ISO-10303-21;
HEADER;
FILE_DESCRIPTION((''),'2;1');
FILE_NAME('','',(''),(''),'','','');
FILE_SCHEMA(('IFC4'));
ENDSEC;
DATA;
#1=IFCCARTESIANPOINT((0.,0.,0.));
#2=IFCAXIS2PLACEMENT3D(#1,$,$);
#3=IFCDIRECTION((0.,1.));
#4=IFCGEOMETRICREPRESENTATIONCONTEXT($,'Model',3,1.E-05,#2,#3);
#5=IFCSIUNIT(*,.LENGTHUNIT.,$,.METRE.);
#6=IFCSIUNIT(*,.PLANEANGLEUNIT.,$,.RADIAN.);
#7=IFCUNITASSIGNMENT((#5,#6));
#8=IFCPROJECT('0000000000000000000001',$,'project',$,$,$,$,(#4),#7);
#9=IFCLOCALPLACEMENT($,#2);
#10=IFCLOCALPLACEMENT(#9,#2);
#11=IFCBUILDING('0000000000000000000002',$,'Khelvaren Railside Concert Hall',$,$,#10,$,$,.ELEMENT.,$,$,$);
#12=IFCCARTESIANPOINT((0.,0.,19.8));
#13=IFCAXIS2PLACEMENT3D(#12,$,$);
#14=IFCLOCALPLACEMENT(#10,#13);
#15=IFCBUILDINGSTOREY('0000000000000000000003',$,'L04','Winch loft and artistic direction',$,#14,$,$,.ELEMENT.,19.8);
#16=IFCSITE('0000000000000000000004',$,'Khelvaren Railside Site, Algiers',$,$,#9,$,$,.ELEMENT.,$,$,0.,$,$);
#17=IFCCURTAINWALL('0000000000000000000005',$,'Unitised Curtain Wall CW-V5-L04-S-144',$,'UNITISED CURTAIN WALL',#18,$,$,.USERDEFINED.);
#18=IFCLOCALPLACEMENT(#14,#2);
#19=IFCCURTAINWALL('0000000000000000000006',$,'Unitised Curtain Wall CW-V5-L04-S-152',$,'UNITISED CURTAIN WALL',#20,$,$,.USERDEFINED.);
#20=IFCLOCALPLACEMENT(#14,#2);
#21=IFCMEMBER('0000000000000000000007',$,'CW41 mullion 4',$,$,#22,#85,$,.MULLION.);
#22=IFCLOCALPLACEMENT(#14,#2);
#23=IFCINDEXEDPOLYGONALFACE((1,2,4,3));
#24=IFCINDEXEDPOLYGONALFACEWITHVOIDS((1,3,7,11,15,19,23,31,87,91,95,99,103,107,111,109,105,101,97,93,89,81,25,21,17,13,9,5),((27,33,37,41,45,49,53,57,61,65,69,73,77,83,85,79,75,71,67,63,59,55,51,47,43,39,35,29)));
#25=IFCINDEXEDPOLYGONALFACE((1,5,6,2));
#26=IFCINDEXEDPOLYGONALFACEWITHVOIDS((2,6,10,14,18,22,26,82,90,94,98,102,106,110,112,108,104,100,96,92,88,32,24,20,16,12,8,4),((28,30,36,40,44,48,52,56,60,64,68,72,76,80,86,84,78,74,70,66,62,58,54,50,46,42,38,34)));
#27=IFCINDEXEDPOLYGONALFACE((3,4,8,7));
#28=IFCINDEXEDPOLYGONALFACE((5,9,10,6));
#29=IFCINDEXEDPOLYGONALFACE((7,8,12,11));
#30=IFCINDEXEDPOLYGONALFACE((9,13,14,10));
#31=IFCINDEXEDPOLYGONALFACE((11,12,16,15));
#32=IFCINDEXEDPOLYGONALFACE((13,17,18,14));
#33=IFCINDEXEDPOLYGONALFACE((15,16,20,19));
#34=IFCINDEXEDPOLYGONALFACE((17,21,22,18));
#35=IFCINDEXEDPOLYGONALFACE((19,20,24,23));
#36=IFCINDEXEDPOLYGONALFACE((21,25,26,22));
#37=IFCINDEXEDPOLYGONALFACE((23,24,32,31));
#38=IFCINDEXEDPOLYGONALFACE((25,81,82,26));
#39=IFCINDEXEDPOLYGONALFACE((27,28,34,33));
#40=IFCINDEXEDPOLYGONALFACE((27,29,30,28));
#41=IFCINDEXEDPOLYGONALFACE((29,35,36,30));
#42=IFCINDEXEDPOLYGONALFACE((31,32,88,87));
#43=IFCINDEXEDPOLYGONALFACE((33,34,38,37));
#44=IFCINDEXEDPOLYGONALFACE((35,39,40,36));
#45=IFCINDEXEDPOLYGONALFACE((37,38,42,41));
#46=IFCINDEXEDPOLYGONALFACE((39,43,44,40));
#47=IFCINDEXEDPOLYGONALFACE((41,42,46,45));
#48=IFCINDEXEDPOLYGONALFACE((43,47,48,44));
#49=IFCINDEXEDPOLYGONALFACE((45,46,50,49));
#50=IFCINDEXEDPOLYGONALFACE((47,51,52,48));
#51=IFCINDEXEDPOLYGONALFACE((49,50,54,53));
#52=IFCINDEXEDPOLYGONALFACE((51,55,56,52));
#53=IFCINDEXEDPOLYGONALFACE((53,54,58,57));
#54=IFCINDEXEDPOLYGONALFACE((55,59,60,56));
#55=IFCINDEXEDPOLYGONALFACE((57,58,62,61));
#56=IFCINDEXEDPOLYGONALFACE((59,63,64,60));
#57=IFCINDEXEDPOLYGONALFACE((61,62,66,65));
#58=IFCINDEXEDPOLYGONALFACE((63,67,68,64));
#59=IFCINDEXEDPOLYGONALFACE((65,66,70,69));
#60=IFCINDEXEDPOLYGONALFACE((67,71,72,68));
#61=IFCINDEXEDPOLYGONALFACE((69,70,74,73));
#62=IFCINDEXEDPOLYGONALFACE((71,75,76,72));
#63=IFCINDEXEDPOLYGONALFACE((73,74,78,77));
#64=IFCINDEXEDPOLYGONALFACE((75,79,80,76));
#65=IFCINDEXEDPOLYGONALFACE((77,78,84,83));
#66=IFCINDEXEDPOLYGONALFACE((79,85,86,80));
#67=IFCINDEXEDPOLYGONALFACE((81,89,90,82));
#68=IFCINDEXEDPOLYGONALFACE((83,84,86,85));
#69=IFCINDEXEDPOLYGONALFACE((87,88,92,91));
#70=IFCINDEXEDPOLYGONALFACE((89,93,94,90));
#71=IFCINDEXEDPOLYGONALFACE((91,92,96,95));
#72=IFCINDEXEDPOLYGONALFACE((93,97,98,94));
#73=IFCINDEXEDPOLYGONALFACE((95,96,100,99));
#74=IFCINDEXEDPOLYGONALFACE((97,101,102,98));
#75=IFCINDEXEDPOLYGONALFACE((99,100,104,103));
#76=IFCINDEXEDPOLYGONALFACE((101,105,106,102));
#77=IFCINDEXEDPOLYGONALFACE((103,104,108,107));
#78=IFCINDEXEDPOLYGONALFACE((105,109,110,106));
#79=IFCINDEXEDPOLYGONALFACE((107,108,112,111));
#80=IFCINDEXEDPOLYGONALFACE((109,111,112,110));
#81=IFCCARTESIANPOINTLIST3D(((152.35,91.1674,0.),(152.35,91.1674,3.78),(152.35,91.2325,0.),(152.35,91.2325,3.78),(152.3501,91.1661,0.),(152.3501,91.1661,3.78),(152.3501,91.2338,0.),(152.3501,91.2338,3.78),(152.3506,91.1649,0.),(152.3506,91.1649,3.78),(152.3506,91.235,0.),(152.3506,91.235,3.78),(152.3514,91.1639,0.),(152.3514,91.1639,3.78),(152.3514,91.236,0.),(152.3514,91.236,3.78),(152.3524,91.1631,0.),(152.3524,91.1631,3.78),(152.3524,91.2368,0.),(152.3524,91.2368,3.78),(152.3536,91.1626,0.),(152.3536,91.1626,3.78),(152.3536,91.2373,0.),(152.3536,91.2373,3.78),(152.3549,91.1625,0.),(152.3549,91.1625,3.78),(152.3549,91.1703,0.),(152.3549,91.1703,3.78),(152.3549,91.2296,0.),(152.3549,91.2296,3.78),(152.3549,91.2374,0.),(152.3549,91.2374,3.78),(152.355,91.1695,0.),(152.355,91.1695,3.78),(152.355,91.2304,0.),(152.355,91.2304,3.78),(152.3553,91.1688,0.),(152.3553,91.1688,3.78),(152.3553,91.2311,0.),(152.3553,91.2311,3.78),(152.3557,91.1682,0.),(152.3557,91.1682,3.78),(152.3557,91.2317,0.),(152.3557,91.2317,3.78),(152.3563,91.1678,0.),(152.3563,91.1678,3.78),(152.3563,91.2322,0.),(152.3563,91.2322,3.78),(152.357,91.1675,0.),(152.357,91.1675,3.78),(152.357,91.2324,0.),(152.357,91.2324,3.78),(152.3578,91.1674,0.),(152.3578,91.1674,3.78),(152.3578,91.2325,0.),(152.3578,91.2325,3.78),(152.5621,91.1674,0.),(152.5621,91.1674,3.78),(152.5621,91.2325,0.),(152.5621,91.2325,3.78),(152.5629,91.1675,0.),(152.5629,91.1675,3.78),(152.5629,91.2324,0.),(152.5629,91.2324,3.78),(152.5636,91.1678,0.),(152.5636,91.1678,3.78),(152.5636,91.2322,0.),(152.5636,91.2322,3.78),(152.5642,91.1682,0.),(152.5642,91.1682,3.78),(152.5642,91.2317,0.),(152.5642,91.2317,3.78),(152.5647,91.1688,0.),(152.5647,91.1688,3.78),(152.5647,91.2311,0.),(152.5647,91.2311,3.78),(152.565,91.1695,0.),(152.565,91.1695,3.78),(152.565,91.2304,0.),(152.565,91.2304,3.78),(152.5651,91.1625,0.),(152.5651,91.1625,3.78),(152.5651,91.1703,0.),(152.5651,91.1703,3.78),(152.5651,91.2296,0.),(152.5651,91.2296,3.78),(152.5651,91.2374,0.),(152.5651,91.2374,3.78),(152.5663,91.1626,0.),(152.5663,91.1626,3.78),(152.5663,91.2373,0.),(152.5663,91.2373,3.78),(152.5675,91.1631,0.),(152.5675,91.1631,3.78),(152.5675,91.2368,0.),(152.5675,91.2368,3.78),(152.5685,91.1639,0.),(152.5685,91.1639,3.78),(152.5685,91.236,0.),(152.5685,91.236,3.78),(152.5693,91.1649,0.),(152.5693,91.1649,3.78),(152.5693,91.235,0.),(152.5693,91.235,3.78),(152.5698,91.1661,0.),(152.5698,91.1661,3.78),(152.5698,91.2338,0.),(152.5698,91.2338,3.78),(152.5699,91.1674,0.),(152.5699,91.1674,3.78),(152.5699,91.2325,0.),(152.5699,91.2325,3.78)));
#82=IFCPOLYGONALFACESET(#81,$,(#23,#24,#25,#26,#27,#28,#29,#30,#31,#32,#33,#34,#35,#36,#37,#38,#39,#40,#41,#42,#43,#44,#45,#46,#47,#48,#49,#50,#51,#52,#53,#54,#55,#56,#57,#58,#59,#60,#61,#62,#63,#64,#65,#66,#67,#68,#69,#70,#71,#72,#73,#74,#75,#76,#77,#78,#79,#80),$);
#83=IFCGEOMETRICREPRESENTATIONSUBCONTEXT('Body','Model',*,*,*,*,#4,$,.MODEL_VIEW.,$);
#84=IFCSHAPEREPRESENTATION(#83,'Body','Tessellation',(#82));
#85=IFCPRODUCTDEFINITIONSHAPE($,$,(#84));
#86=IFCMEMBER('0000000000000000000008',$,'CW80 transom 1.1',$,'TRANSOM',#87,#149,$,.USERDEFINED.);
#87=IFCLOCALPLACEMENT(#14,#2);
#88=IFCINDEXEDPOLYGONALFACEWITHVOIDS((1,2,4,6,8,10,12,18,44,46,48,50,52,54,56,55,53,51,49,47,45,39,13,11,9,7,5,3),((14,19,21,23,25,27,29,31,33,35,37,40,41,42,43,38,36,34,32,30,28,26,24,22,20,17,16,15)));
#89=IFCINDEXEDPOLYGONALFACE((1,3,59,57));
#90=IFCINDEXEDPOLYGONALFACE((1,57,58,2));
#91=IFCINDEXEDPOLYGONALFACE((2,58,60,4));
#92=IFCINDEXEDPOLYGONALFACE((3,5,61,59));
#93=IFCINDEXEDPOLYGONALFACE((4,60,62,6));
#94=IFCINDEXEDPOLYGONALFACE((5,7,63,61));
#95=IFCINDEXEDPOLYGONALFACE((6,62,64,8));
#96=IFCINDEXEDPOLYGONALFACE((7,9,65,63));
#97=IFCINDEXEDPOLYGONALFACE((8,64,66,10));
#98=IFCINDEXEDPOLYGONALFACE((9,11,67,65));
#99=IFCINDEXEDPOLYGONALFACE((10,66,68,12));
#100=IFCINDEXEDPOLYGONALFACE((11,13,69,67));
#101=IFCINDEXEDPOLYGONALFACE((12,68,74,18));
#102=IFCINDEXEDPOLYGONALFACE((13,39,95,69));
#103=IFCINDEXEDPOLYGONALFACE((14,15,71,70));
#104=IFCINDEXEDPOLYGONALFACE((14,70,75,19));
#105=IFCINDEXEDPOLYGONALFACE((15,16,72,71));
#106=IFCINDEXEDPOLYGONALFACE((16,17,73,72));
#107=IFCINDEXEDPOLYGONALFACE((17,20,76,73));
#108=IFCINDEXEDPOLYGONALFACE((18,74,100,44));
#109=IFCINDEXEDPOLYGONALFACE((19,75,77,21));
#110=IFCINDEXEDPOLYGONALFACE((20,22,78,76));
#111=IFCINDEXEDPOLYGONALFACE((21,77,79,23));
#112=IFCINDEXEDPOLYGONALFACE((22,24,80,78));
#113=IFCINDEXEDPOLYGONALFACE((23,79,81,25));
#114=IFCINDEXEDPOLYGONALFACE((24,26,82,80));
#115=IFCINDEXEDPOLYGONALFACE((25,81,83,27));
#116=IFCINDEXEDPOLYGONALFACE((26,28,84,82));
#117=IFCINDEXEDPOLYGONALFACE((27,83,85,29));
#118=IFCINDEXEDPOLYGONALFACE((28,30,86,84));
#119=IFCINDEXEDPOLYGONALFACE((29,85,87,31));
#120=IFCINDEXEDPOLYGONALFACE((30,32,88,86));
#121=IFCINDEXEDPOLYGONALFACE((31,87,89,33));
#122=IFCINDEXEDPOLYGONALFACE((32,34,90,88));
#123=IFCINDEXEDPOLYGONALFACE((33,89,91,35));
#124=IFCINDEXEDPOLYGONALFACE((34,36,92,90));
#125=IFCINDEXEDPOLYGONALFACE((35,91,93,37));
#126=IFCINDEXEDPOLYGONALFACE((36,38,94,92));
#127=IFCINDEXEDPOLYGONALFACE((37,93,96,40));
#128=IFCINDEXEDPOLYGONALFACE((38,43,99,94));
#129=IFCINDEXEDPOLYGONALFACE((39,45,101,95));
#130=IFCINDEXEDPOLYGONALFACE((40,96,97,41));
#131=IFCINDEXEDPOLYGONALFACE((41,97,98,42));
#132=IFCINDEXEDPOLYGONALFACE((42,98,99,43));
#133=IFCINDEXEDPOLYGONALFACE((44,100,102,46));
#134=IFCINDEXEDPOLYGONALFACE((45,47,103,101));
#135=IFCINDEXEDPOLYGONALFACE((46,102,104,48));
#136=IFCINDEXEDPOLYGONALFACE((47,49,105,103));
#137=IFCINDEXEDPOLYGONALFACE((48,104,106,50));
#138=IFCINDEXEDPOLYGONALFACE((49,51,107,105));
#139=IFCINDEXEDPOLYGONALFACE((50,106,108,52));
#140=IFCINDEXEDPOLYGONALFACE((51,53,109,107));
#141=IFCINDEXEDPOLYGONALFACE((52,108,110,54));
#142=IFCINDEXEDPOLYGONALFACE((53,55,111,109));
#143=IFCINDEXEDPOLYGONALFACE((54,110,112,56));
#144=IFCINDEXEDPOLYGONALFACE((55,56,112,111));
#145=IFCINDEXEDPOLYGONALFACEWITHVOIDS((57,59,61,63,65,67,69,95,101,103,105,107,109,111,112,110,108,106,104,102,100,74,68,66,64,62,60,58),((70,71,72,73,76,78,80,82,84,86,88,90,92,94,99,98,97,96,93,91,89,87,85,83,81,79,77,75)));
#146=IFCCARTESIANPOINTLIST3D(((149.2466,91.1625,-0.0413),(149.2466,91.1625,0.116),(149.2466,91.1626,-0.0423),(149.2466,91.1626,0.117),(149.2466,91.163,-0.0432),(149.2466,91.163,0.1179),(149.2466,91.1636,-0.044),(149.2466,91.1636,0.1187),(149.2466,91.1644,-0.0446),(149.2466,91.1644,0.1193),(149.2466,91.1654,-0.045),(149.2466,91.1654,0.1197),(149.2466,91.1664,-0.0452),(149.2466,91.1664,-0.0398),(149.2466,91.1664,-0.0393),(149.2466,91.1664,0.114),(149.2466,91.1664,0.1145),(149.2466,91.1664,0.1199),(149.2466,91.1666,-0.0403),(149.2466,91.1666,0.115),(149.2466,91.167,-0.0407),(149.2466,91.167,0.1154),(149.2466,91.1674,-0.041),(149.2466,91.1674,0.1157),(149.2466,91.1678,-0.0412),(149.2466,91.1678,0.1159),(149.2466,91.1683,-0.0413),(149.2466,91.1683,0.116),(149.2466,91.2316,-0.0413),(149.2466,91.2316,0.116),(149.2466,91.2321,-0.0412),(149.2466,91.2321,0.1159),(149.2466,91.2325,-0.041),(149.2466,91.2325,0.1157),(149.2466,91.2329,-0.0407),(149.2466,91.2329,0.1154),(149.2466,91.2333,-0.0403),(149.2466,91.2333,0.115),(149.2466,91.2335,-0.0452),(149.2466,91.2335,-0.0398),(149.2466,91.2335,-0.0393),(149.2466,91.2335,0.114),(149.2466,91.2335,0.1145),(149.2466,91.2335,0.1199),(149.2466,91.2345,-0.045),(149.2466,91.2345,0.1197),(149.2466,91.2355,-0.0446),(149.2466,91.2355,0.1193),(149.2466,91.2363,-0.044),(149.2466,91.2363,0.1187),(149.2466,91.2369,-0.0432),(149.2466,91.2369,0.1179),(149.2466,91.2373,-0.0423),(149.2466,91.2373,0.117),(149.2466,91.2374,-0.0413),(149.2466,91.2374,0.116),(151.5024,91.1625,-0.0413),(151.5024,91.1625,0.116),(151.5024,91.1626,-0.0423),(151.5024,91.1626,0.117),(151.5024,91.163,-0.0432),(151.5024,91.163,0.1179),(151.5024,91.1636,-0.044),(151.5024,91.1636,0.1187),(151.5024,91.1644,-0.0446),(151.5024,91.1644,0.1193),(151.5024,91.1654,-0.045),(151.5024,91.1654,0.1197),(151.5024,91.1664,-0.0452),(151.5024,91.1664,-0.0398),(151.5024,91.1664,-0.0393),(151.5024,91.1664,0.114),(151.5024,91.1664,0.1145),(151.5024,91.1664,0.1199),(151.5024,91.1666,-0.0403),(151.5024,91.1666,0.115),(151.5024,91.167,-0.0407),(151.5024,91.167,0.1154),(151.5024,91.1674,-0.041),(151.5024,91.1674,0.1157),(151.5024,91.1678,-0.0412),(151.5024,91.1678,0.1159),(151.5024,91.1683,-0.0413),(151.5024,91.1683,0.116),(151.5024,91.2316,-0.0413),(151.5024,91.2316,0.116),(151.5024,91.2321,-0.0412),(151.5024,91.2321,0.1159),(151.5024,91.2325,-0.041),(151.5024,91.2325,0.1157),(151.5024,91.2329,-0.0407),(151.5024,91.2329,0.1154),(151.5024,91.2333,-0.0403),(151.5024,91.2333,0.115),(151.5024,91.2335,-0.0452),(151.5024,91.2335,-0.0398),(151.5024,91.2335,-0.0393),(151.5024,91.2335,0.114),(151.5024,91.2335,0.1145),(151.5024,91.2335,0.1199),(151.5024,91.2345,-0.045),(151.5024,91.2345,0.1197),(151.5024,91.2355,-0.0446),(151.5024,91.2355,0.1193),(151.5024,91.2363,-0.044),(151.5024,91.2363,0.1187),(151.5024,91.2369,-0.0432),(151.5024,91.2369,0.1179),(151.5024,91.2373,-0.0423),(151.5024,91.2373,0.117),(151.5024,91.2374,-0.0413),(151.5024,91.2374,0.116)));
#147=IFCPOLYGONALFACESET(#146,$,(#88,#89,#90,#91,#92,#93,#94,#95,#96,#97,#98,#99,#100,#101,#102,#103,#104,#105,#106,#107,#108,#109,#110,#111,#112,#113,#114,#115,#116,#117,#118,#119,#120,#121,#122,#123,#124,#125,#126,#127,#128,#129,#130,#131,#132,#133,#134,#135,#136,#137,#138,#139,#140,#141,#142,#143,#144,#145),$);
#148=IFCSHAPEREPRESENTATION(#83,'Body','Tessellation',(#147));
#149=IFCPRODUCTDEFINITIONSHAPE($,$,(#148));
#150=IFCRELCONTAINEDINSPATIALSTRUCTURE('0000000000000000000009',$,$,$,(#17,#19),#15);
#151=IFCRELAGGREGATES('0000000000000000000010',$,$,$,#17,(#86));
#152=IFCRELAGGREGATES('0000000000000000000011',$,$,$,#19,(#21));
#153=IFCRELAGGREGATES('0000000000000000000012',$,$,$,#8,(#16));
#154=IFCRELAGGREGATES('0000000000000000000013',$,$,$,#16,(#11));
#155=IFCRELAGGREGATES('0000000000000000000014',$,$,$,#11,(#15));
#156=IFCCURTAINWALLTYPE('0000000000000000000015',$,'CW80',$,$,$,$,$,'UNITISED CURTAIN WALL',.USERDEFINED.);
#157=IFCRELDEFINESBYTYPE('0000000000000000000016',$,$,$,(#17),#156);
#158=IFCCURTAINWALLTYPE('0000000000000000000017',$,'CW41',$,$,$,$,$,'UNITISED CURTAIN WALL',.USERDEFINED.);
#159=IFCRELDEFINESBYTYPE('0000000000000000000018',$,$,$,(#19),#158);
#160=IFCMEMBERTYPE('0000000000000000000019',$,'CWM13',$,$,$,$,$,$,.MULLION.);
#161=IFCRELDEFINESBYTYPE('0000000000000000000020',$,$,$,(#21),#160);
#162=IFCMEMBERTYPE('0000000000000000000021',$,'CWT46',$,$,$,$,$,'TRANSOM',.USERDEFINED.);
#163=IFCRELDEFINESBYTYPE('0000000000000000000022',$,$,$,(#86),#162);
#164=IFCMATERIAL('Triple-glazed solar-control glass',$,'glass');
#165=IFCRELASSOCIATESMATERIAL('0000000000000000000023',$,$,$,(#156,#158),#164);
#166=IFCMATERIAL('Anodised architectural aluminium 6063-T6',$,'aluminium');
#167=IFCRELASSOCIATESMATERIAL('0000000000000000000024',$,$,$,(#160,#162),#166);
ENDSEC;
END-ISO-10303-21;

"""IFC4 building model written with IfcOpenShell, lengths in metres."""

from ifc_helpers import new_model, si_unit, direction, frame, origin, origin_2d, place, context, subcontext, project, spatial, hollow_rectangle, extrude, material, material_profile, profile_set, type_object, element, aggregate, save


model = new_model("IFC4")

# Units and contexts
model_context = context("Model", 3, precision=1e-05, world=origin(), true_north=direction((0.0, 1.0)))
body_context = subcontext(model_context, "Body", "Model", "MODEL_VIEW")
ifc_project = project(units=[si_unit("LENGTHUNIT", "METRE"), si_unit("PLANEANGLEUNIT", "RADIAN")], contexts=[model_context])

# Site, building, storey
site_placement = place(None, origin())
site = spatial("IfcSite", under=ifc_project, at=site_placement, Name="Khelvaren Railside Site, Algiers", CompositionType="ELEMENT", RefElevation=0.0)
building_placement = place(site_placement, origin())
building = spatial("IfcBuilding", under=site, at=building_placement, Name="Khelvaren Railside Concert Hall", CompositionType="ELEMENT")
storey_placement = place(building_placement, frame((0.0, 0.0, 19.8)))
storey = spatial("IfcBuildingStorey", under=building, at=storey_placement, Name="L04", Description="Winch loft and artistic direction", CompositionType="ELEMENT", Elevation=19.8)

# Curtain walls, member
ifc_material_1 = material(Name="Triple-glazed solar-control glass", Category="glass")
curtain_wall_type_1 = type_object("IfcCurtainWallType", Name="CW80", ElementType="UNITISED CURTAIN WALL", PredefinedType="USERDEFINED", material=ifc_material_1)
curtain_wall_1_placement = place(storey_placement, origin())
curtain_wall_1 = element("IfcCurtainWall", 1, at=curtain_wall_1_placement, inside=storey, type_object=curtain_wall_type_1, Name="Unitised Curtain Wall CW-V5-L04-S-144", ObjectType="UNITISED CURTAIN WALL", PredefinedType="USERDEFINED")
ifc_material_2 = material(Name="Anodised architectural aluminium 6063-T6", Category="aluminium")
ifc_material_profile_1 = material_profile(ifc_material_2, hollow_rectangle(XDim=0.075, YDim=0.22, WallThickness=0.0049, InnerFilletRadius=0.0029, OuterFilletRadius=0.0049, at=origin_2d()), Name="CWM 75x220x5")
ifc_profile_set_1 = profile_set([ifc_material_profile_1], Name="Anodised architectural aluminium 6063-T6")
member_type_1 = type_object("IfcMemberType", Name="CWM13", PredefinedType="MULLION", material=ifc_profile_set_1)
curtain_wall_type_2 = type_object("IfcCurtainWallType", Name="CW41", ElementType="UNITISED CURTAIN WALL", PredefinedType="USERDEFINED", material=ifc_material_1)
curtain_wall_2_placement = place(storey_placement, origin())
curtain_wall_2 = element("IfcCurtainWall", 2, at=curtain_wall_2_placement, inside=storey, type_object=curtain_wall_type_2, Name="Unitised Curtain Wall CW-V5-L04-S-152", ObjectType="UNITISED CURTAIN WALL", PredefinedType="USERDEFINED")
member_1_placement = place(storey_placement, frame((152.46, 91.2, 0.0), z_axis=(0.0, 0.0, 1.0), x_axis=(0.0, -1.0, 0.0)))
member_1 = element("IfcMember", 3, at=member_1_placement, type_object=member_type_1, Name="CW41 mullion 4", PredefinedType="MULLION", context=body_context, shape_type="SweptSolid", body=[
    extrude(hollow_rectangle(XDim=0.075, YDim=0.22, WallThickness=0.0049, InnerFilletRadius=0.0029, OuterFilletRadius=0.0049, at=origin_2d()), origin(), (0.0, 0.0, 1.0), 3.78),
])

# Member
ifc_material_profile_2 = material_profile(ifc_material_2, hollow_rectangle(XDim=0.075, YDim=0.165, WallThickness=0.0039, InnerFilletRadius=0.002, OuterFilletRadius=0.0039, at=origin_2d()), Name="CWT 75x165x4")
ifc_profile_set_2 = profile_set([ifc_material_profile_2], Name="Anodised architectural aluminium 6063-T6")
member_type_2 = type_object("IfcMemberType", Name="CWT46", ElementType="TRANSOM", PredefinedType="USERDEFINED", material=ifc_profile_set_2)
member_2_placement = place(storey_placement, frame((151.5024, 91.2, 0.0374), z_axis=(-1.0, 0.0, 0.0), x_axis=(0.0, -1.0, 0.0)))
member_2 = element("IfcMember", 4, at=member_2_placement, type_object=member_type_2, Name="CW80 transom 1.1", ObjectType="TRANSOM", PredefinedType="USERDEFINED", context=body_context, shape_type="SweptSolid", body=[
    extrude(hollow_rectangle(XDim=0.075, YDim=0.165, WallThickness=0.0039, InnerFilletRadius=0.002, OuterFilletRadius=0.0039, at=origin_2d()), origin(), (0.0, 0.0, 1.0), 2.2559),
])

aggregate(curtain_wall_1, [member_2])
aggregate(curtain_wall_2, [member_1])

save(model, "model.ifc")
